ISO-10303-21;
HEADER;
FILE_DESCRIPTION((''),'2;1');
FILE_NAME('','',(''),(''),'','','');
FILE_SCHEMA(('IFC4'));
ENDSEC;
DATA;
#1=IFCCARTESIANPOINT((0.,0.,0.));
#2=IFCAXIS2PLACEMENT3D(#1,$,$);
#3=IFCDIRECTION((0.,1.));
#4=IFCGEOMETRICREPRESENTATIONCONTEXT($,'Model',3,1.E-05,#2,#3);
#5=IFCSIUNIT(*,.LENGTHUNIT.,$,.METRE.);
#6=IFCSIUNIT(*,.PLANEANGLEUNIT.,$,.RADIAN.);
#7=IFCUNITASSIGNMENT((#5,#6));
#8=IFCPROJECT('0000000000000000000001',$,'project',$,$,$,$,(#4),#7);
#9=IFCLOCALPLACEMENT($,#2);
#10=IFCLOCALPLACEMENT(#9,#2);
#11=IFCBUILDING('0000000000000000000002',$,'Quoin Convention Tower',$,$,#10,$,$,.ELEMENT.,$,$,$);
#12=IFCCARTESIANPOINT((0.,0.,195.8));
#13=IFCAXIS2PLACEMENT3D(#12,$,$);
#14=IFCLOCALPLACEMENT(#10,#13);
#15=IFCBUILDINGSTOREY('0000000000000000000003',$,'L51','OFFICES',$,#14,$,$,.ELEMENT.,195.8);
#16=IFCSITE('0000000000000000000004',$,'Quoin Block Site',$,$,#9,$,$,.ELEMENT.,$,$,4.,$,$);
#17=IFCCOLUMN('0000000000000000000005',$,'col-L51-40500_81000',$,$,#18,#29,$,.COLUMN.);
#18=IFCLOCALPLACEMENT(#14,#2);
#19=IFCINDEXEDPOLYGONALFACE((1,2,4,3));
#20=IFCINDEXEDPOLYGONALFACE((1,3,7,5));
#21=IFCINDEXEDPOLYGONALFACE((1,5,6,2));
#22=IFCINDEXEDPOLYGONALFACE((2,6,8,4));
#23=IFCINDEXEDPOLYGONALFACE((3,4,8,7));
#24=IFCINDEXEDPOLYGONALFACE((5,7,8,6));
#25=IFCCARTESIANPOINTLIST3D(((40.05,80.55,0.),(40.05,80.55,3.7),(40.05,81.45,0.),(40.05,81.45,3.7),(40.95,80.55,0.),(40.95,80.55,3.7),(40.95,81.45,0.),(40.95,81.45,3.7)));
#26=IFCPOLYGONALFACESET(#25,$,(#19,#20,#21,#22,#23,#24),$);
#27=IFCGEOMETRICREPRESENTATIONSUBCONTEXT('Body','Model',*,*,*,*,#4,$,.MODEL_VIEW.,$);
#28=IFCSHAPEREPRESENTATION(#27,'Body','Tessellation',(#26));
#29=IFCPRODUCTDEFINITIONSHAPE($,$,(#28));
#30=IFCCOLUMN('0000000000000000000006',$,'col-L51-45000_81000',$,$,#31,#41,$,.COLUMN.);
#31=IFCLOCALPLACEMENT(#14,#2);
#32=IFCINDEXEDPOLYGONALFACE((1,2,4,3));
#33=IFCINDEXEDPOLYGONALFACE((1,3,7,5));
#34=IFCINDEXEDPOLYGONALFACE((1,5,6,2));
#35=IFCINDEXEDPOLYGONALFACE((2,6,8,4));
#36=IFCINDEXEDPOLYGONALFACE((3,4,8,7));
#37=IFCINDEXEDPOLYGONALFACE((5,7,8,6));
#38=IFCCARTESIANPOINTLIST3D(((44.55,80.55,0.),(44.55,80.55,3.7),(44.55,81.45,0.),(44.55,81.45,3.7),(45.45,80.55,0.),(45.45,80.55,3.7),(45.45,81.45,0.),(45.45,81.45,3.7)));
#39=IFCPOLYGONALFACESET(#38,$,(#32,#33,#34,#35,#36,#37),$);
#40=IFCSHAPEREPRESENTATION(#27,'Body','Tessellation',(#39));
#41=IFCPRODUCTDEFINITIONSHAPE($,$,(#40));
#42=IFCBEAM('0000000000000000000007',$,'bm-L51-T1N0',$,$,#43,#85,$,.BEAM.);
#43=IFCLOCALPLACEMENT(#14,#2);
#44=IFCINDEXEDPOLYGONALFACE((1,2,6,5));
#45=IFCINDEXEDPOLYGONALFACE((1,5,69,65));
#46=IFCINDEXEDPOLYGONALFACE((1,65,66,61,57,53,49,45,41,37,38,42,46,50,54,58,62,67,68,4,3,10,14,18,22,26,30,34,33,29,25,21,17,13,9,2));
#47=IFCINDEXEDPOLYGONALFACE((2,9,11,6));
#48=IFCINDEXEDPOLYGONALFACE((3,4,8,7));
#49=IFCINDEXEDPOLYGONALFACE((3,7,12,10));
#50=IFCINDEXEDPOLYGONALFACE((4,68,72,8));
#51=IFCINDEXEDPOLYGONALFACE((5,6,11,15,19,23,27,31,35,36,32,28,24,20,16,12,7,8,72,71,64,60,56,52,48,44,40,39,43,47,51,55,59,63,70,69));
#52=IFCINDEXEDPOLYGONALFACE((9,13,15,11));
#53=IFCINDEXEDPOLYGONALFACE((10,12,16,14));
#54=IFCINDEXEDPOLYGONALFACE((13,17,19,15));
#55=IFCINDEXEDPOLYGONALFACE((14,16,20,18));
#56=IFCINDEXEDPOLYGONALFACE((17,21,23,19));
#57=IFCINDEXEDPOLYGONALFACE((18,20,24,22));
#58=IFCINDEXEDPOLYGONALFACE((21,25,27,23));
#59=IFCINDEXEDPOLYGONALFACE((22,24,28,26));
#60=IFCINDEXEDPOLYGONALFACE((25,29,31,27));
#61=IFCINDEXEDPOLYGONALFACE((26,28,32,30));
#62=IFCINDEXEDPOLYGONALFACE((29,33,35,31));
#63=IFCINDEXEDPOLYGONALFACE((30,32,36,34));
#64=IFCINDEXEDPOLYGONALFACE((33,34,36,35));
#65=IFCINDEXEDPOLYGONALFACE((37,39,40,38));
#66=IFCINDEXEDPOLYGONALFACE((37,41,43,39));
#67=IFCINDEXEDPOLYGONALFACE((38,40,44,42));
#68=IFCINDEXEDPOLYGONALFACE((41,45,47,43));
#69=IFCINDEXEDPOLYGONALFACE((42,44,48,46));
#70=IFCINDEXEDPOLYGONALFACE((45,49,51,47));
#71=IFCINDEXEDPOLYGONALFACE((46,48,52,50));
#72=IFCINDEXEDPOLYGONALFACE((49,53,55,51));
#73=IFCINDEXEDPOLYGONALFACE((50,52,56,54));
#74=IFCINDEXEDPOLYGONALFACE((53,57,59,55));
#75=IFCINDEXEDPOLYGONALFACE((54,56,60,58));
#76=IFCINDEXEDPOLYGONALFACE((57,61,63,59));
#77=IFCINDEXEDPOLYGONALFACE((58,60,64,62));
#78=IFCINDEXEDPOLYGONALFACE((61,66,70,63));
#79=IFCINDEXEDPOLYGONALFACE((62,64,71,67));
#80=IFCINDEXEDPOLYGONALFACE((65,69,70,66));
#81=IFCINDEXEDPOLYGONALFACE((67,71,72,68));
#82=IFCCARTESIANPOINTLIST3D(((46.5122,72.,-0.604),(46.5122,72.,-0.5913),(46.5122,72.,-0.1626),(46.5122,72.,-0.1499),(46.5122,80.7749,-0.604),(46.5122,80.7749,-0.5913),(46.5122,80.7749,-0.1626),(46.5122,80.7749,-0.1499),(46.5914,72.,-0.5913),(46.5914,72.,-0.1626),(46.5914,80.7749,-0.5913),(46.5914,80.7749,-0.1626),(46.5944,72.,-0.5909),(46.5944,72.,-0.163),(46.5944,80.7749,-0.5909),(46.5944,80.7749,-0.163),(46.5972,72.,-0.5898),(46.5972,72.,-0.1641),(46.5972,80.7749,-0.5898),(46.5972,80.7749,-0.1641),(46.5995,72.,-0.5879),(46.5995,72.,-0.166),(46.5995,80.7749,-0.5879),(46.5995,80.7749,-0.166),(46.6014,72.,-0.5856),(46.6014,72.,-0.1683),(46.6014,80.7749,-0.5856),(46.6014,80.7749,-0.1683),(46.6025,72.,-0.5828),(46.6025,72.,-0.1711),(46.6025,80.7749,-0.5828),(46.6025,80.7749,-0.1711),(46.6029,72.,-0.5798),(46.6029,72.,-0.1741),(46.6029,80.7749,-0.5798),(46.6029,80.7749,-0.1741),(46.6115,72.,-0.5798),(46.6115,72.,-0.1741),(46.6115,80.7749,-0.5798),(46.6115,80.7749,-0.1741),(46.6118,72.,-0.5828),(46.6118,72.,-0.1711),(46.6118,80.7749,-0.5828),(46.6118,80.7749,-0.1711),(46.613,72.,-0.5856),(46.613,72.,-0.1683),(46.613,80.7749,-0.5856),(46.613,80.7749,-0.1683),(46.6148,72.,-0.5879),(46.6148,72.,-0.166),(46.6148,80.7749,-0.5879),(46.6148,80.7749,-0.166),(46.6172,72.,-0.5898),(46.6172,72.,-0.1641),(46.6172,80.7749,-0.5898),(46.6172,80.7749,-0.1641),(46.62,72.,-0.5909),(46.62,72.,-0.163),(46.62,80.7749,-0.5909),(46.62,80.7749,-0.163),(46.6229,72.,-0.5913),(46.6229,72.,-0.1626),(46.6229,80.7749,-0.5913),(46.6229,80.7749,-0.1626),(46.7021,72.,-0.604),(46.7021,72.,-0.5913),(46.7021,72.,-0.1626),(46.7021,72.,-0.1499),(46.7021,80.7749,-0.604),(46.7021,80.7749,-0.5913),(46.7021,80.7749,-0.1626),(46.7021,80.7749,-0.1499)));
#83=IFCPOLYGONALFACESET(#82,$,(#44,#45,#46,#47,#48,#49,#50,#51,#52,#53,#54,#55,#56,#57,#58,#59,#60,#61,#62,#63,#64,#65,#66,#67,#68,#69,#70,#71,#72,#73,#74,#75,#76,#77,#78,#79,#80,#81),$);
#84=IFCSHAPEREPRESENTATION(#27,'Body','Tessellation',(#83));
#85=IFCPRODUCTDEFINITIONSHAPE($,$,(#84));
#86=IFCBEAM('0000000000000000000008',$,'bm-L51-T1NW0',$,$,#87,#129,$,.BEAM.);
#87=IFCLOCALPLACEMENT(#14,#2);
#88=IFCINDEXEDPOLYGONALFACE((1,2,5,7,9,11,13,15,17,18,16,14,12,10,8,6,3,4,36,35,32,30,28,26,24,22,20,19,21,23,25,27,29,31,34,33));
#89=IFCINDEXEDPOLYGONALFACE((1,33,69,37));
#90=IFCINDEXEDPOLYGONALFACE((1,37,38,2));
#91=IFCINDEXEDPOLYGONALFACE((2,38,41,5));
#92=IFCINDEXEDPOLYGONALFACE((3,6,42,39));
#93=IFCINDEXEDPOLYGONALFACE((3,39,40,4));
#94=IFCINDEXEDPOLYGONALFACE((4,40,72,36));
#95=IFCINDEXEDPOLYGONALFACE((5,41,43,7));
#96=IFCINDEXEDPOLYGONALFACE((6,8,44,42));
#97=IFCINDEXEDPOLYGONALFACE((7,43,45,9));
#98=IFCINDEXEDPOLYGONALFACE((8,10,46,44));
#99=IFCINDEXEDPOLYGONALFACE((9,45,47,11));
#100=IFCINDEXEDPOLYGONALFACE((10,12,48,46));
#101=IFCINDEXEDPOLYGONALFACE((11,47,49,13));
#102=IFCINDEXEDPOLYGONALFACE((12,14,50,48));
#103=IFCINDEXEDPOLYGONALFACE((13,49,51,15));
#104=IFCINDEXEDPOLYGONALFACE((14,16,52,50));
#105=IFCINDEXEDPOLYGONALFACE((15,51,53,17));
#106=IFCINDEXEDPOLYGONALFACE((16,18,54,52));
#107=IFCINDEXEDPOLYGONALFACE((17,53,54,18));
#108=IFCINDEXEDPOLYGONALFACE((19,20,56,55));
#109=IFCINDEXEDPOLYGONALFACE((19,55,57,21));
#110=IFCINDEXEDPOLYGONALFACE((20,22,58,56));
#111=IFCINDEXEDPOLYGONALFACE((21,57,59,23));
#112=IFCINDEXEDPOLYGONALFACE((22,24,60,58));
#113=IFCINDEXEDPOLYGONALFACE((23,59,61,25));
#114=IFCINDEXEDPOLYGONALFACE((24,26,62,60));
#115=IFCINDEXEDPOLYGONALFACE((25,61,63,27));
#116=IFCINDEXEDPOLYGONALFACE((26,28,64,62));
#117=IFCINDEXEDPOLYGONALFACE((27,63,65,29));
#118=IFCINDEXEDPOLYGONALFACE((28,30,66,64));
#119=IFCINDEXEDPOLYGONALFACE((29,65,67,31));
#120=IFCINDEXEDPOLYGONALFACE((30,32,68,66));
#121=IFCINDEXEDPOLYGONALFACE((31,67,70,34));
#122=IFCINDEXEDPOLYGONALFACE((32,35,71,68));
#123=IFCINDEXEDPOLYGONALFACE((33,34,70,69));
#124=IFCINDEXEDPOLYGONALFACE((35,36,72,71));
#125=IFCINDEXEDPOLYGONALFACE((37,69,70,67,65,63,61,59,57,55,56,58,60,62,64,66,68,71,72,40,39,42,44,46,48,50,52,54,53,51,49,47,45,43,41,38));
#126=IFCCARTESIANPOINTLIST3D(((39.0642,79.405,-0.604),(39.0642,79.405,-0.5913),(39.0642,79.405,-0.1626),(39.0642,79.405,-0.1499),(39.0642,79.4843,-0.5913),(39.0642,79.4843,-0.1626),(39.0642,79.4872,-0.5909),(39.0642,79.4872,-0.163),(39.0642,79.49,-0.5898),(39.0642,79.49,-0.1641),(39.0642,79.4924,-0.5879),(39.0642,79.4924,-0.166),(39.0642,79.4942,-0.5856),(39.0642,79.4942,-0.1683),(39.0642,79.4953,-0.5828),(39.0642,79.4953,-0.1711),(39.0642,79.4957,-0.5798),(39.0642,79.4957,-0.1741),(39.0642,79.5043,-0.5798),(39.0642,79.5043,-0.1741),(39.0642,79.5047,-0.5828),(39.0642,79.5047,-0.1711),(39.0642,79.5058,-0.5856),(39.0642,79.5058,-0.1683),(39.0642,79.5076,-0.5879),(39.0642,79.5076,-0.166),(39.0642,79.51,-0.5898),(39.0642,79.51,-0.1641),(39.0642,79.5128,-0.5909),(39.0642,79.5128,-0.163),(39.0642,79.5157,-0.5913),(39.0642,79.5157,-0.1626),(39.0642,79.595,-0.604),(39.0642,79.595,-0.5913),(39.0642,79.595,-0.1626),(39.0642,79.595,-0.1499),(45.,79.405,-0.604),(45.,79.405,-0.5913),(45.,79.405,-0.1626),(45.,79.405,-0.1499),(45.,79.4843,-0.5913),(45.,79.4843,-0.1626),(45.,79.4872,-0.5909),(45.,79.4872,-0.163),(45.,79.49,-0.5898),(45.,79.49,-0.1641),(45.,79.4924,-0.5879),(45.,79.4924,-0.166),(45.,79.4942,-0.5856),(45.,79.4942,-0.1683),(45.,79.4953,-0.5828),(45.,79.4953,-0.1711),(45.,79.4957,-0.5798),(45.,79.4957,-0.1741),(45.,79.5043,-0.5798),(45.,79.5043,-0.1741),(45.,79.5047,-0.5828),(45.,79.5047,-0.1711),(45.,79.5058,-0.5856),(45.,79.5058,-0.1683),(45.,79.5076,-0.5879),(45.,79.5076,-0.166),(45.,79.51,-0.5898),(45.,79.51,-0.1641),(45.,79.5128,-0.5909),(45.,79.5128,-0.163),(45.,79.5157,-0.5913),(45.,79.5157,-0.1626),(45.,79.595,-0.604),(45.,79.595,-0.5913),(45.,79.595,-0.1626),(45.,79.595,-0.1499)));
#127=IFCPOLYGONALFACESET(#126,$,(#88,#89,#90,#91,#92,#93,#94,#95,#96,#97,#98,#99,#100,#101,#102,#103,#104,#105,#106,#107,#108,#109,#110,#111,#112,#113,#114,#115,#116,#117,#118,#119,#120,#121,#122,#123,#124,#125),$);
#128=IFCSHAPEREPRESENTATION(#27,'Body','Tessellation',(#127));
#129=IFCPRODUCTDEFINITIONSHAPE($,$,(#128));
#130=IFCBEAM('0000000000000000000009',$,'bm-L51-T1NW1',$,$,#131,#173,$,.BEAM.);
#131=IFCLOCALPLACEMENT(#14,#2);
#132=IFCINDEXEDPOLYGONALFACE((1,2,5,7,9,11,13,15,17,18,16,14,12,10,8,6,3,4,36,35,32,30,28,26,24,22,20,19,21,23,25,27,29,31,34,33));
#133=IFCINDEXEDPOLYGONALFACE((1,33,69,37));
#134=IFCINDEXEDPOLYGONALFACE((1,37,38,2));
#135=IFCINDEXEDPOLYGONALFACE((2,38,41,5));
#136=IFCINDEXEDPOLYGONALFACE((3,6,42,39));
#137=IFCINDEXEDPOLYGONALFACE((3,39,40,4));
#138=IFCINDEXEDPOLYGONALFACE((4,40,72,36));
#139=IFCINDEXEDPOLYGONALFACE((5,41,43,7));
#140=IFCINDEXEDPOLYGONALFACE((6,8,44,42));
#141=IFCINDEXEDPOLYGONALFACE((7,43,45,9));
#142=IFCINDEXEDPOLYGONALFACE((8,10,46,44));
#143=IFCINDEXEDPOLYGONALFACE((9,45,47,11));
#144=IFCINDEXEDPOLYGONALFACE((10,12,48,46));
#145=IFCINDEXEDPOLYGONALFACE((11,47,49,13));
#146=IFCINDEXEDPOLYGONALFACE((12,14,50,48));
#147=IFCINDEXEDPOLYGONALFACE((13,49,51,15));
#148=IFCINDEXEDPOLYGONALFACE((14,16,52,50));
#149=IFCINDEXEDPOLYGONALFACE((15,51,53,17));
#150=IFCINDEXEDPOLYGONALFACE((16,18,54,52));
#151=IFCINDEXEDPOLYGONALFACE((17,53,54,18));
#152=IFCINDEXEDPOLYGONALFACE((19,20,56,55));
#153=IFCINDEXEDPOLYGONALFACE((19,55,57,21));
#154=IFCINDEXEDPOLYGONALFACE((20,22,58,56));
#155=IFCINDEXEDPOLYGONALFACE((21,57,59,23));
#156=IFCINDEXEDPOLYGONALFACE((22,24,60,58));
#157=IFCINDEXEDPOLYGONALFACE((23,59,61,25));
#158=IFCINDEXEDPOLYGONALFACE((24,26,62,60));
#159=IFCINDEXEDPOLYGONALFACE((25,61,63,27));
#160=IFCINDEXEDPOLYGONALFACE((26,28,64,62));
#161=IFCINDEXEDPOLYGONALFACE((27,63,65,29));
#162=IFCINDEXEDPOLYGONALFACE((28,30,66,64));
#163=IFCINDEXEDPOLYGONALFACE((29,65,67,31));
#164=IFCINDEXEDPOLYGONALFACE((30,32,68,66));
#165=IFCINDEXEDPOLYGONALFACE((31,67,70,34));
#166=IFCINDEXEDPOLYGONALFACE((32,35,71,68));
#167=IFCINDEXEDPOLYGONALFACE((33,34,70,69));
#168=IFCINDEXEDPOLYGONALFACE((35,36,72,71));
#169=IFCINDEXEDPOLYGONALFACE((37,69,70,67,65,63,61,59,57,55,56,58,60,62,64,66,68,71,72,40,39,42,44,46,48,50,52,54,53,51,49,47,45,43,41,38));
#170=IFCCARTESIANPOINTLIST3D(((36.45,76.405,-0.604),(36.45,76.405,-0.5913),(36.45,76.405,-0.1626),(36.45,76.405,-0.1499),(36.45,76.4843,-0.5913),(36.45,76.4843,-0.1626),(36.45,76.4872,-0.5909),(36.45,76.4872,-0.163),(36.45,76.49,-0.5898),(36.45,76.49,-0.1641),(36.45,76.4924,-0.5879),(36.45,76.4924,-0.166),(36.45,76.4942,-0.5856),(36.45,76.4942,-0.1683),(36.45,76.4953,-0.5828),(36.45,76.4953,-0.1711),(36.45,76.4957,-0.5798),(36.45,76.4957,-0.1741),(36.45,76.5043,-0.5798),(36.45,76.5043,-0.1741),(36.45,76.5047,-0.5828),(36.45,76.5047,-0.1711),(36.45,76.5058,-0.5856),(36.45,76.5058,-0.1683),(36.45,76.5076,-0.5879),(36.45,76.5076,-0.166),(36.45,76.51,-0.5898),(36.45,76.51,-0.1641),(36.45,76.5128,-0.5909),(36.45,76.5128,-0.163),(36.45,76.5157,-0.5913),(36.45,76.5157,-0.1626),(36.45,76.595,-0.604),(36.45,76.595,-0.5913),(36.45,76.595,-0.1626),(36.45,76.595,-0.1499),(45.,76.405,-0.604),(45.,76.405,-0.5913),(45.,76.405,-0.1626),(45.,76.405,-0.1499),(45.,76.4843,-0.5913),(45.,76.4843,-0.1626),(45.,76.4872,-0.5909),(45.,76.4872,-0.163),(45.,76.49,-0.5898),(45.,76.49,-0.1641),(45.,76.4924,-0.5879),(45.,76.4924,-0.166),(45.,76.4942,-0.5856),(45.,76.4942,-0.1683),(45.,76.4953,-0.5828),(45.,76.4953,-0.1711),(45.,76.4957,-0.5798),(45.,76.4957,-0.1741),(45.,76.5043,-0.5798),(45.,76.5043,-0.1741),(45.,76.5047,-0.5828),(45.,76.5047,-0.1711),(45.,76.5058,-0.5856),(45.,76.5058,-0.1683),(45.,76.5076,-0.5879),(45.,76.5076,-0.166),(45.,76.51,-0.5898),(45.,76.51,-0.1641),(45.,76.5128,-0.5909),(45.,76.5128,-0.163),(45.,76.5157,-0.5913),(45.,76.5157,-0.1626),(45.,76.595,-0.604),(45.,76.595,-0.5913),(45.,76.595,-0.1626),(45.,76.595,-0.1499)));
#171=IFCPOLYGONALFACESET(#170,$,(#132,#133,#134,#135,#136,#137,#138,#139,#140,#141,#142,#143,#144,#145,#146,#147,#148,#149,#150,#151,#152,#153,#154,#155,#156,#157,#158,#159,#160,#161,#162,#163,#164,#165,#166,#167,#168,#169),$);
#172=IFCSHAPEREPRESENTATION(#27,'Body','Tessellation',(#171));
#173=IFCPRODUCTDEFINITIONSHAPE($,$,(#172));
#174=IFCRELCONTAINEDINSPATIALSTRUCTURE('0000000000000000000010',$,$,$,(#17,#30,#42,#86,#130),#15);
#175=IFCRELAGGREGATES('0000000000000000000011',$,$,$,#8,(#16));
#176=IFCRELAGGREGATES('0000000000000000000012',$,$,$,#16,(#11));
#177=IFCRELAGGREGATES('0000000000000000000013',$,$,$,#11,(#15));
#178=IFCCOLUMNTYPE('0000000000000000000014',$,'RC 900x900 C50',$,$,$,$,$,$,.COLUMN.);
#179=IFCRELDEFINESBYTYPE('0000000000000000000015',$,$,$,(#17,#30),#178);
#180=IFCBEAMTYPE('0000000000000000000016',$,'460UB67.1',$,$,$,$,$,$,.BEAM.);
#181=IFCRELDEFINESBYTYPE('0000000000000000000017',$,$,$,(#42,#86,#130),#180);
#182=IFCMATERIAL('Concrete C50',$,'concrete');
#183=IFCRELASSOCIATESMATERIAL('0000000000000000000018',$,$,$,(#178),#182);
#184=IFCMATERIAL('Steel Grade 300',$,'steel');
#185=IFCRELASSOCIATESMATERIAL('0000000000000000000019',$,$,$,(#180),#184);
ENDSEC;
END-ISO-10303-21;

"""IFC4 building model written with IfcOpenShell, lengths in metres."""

from ifc_helpers import new_model, si_unit, direction, frame, origin, origin_2d, place, context, subcontext, project, spatial, rectangle, i_section, extrude, material, material_profile, profile_set, type_object, element, save


model = new_model("IFC4")

# Units and contexts
model_context = context("Model", 3, precision=1e-05, world=origin(), true_north=direction((0.0, 1.0)))
body_context = subcontext(model_context, "Body", "Model", "MODEL_VIEW")
ifc_project = project(units=[si_unit("LENGTHUNIT", "METRE"), si_unit("PLANEANGLEUNIT", "RADIAN")], contexts=[model_context])

# Site, building, storey
site_placement = place(None, origin())
site = spatial("IfcSite", under=ifc_project, at=site_placement, Name="Quoin Block Site", CompositionType="ELEMENT", RefElevation=4.0)
building_placement = place(site_placement, origin())
building = spatial("IfcBuilding", under=site, at=building_placement, Name="Quoin Convention Tower", CompositionType="ELEMENT")
storey_placement = place(building_placement, frame((0.0, 0.0, 195.8)))
storey = spatial("IfcBuildingStorey", under=building, at=storey_placement, Name="L51", Description="OFFICES", CompositionType="ELEMENT", Elevation=195.8)

# Columns
ifc_material_1 = material(Name="Concrete C50", Category="concrete")
ifc_material_profile_1 = material_profile(ifc_material_1, rectangle(XDim=0.8999, YDim=0.8999, at=origin_2d()), Name="RC 900x900")
ifc_profile_set_1 = profile_set([ifc_material_profile_1], Name="Concrete C50")
column_type = type_object("IfcColumnType", Name="RC 900x900 C50", PredefinedType="COLUMN", material=ifc_profile_set_1)
for number, where, z_axis, x_axis, name in (
    (1, (40.5, 81.0, 0.0), (0.0, 0.0, 1.0), (1.0, 0.0, 0.0), "col-L51-40500_81000"),
    (2, (45.0, 81.0, 0.0), (0.0, 0.0, 1.0), (1.0, 0.0, 0.0), "col-L51-45000_81000"),
):
    element("IfcColumn", number, at=place(storey_placement, frame(where, z_axis=z_axis, x_axis=x_axis)), inside=storey, type_object=column_type, Name=name, PredefinedType="COLUMN", context=body_context, shape_type="SweptSolid", body=[
        extrude(rectangle(XDim=0.8999, YDim=0.8999, at=origin_2d()), origin(), (0.0, 0.0, 1.0), 3.7),
    ])

# Beams
ifc_material_2 = material(Name="Steel Grade 300", Category="steel")
ifc_material_profile_2 = material_profile(ifc_material_2, i_section(OverallWidth=0.1899, OverallDepth=0.4541, WebThickness=0.0085, FlangeThickness=0.0127, FilletRadius=0.0115, at=origin_2d()), Name="460UB67.1")
ifc_profile_set_2 = profile_set([ifc_material_profile_2], Name="Steel Grade 300")
beam_type_1 = type_object("IfcBeamType", Name="460UB67.1", PredefinedType="BEAM", material=ifc_profile_set_2)
beam_1_placement = place(storey_placement, frame((46.6072, 72.0, -0.377), z_axis=(0.0, 1.0, 0.0), x_axis=(-1.0, 0.0, 0.0)))
element("IfcBeam", 3, at=beam_1_placement, inside=storey, type_object=beam_type_1, Name="bm-L51-T1N0", PredefinedType="BEAM", context=body_context, shape_type="SweptSolid", body=[
    extrude(i_section(OverallWidth=0.1899, OverallDepth=0.4541, WebThickness=0.0085, FlangeThickness=0.0127, FilletRadius=0.0115, at=origin_2d()), origin(), (0.0, 0.0, 1.0), 8.7749),
])
beam_2_placement = place(storey_placement, frame((39.0642, 79.5, -0.377), z_axis=(1.0, 0.0, 0.0), x_axis=(0.0, 1.0, 0.0)))
element("IfcBeam", 4, at=beam_2_placement, inside=storey, type_object=beam_type_1, Name="bm-L51-T1NW0", PredefinedType="BEAM", context=body_context, shape_type="SweptSolid", body=[
    extrude(i_section(OverallWidth=0.1899, OverallDepth=0.4541, WebThickness=0.0085, FlangeThickness=0.0127, FilletRadius=0.0115, at=origin_2d()), origin(), (0.0, 0.0, 1.0), 5.9358),
])
beam_3_placement = place(storey_placement, frame((36.45, 76.5, -0.377), z_axis=(1.0, 0.0, 0.0), x_axis=(0.0, 1.0, 0.0)))
element("IfcBeam", 5, at=beam_3_placement, inside=storey, type_object=beam_type_1, Name="bm-L51-T1NW1", PredefinedType="BEAM", context=body_context, shape_type="SweptSolid", body=[
    extrude(i_section(OverallWidth=0.1899, OverallDepth=0.4541, WebThickness=0.0085, FlangeThickness=0.0127, FilletRadius=0.0115, at=origin_2d()), origin(), (0.0, 0.0, 1.0), 8.55),
])

save(model, "model.ifc")
